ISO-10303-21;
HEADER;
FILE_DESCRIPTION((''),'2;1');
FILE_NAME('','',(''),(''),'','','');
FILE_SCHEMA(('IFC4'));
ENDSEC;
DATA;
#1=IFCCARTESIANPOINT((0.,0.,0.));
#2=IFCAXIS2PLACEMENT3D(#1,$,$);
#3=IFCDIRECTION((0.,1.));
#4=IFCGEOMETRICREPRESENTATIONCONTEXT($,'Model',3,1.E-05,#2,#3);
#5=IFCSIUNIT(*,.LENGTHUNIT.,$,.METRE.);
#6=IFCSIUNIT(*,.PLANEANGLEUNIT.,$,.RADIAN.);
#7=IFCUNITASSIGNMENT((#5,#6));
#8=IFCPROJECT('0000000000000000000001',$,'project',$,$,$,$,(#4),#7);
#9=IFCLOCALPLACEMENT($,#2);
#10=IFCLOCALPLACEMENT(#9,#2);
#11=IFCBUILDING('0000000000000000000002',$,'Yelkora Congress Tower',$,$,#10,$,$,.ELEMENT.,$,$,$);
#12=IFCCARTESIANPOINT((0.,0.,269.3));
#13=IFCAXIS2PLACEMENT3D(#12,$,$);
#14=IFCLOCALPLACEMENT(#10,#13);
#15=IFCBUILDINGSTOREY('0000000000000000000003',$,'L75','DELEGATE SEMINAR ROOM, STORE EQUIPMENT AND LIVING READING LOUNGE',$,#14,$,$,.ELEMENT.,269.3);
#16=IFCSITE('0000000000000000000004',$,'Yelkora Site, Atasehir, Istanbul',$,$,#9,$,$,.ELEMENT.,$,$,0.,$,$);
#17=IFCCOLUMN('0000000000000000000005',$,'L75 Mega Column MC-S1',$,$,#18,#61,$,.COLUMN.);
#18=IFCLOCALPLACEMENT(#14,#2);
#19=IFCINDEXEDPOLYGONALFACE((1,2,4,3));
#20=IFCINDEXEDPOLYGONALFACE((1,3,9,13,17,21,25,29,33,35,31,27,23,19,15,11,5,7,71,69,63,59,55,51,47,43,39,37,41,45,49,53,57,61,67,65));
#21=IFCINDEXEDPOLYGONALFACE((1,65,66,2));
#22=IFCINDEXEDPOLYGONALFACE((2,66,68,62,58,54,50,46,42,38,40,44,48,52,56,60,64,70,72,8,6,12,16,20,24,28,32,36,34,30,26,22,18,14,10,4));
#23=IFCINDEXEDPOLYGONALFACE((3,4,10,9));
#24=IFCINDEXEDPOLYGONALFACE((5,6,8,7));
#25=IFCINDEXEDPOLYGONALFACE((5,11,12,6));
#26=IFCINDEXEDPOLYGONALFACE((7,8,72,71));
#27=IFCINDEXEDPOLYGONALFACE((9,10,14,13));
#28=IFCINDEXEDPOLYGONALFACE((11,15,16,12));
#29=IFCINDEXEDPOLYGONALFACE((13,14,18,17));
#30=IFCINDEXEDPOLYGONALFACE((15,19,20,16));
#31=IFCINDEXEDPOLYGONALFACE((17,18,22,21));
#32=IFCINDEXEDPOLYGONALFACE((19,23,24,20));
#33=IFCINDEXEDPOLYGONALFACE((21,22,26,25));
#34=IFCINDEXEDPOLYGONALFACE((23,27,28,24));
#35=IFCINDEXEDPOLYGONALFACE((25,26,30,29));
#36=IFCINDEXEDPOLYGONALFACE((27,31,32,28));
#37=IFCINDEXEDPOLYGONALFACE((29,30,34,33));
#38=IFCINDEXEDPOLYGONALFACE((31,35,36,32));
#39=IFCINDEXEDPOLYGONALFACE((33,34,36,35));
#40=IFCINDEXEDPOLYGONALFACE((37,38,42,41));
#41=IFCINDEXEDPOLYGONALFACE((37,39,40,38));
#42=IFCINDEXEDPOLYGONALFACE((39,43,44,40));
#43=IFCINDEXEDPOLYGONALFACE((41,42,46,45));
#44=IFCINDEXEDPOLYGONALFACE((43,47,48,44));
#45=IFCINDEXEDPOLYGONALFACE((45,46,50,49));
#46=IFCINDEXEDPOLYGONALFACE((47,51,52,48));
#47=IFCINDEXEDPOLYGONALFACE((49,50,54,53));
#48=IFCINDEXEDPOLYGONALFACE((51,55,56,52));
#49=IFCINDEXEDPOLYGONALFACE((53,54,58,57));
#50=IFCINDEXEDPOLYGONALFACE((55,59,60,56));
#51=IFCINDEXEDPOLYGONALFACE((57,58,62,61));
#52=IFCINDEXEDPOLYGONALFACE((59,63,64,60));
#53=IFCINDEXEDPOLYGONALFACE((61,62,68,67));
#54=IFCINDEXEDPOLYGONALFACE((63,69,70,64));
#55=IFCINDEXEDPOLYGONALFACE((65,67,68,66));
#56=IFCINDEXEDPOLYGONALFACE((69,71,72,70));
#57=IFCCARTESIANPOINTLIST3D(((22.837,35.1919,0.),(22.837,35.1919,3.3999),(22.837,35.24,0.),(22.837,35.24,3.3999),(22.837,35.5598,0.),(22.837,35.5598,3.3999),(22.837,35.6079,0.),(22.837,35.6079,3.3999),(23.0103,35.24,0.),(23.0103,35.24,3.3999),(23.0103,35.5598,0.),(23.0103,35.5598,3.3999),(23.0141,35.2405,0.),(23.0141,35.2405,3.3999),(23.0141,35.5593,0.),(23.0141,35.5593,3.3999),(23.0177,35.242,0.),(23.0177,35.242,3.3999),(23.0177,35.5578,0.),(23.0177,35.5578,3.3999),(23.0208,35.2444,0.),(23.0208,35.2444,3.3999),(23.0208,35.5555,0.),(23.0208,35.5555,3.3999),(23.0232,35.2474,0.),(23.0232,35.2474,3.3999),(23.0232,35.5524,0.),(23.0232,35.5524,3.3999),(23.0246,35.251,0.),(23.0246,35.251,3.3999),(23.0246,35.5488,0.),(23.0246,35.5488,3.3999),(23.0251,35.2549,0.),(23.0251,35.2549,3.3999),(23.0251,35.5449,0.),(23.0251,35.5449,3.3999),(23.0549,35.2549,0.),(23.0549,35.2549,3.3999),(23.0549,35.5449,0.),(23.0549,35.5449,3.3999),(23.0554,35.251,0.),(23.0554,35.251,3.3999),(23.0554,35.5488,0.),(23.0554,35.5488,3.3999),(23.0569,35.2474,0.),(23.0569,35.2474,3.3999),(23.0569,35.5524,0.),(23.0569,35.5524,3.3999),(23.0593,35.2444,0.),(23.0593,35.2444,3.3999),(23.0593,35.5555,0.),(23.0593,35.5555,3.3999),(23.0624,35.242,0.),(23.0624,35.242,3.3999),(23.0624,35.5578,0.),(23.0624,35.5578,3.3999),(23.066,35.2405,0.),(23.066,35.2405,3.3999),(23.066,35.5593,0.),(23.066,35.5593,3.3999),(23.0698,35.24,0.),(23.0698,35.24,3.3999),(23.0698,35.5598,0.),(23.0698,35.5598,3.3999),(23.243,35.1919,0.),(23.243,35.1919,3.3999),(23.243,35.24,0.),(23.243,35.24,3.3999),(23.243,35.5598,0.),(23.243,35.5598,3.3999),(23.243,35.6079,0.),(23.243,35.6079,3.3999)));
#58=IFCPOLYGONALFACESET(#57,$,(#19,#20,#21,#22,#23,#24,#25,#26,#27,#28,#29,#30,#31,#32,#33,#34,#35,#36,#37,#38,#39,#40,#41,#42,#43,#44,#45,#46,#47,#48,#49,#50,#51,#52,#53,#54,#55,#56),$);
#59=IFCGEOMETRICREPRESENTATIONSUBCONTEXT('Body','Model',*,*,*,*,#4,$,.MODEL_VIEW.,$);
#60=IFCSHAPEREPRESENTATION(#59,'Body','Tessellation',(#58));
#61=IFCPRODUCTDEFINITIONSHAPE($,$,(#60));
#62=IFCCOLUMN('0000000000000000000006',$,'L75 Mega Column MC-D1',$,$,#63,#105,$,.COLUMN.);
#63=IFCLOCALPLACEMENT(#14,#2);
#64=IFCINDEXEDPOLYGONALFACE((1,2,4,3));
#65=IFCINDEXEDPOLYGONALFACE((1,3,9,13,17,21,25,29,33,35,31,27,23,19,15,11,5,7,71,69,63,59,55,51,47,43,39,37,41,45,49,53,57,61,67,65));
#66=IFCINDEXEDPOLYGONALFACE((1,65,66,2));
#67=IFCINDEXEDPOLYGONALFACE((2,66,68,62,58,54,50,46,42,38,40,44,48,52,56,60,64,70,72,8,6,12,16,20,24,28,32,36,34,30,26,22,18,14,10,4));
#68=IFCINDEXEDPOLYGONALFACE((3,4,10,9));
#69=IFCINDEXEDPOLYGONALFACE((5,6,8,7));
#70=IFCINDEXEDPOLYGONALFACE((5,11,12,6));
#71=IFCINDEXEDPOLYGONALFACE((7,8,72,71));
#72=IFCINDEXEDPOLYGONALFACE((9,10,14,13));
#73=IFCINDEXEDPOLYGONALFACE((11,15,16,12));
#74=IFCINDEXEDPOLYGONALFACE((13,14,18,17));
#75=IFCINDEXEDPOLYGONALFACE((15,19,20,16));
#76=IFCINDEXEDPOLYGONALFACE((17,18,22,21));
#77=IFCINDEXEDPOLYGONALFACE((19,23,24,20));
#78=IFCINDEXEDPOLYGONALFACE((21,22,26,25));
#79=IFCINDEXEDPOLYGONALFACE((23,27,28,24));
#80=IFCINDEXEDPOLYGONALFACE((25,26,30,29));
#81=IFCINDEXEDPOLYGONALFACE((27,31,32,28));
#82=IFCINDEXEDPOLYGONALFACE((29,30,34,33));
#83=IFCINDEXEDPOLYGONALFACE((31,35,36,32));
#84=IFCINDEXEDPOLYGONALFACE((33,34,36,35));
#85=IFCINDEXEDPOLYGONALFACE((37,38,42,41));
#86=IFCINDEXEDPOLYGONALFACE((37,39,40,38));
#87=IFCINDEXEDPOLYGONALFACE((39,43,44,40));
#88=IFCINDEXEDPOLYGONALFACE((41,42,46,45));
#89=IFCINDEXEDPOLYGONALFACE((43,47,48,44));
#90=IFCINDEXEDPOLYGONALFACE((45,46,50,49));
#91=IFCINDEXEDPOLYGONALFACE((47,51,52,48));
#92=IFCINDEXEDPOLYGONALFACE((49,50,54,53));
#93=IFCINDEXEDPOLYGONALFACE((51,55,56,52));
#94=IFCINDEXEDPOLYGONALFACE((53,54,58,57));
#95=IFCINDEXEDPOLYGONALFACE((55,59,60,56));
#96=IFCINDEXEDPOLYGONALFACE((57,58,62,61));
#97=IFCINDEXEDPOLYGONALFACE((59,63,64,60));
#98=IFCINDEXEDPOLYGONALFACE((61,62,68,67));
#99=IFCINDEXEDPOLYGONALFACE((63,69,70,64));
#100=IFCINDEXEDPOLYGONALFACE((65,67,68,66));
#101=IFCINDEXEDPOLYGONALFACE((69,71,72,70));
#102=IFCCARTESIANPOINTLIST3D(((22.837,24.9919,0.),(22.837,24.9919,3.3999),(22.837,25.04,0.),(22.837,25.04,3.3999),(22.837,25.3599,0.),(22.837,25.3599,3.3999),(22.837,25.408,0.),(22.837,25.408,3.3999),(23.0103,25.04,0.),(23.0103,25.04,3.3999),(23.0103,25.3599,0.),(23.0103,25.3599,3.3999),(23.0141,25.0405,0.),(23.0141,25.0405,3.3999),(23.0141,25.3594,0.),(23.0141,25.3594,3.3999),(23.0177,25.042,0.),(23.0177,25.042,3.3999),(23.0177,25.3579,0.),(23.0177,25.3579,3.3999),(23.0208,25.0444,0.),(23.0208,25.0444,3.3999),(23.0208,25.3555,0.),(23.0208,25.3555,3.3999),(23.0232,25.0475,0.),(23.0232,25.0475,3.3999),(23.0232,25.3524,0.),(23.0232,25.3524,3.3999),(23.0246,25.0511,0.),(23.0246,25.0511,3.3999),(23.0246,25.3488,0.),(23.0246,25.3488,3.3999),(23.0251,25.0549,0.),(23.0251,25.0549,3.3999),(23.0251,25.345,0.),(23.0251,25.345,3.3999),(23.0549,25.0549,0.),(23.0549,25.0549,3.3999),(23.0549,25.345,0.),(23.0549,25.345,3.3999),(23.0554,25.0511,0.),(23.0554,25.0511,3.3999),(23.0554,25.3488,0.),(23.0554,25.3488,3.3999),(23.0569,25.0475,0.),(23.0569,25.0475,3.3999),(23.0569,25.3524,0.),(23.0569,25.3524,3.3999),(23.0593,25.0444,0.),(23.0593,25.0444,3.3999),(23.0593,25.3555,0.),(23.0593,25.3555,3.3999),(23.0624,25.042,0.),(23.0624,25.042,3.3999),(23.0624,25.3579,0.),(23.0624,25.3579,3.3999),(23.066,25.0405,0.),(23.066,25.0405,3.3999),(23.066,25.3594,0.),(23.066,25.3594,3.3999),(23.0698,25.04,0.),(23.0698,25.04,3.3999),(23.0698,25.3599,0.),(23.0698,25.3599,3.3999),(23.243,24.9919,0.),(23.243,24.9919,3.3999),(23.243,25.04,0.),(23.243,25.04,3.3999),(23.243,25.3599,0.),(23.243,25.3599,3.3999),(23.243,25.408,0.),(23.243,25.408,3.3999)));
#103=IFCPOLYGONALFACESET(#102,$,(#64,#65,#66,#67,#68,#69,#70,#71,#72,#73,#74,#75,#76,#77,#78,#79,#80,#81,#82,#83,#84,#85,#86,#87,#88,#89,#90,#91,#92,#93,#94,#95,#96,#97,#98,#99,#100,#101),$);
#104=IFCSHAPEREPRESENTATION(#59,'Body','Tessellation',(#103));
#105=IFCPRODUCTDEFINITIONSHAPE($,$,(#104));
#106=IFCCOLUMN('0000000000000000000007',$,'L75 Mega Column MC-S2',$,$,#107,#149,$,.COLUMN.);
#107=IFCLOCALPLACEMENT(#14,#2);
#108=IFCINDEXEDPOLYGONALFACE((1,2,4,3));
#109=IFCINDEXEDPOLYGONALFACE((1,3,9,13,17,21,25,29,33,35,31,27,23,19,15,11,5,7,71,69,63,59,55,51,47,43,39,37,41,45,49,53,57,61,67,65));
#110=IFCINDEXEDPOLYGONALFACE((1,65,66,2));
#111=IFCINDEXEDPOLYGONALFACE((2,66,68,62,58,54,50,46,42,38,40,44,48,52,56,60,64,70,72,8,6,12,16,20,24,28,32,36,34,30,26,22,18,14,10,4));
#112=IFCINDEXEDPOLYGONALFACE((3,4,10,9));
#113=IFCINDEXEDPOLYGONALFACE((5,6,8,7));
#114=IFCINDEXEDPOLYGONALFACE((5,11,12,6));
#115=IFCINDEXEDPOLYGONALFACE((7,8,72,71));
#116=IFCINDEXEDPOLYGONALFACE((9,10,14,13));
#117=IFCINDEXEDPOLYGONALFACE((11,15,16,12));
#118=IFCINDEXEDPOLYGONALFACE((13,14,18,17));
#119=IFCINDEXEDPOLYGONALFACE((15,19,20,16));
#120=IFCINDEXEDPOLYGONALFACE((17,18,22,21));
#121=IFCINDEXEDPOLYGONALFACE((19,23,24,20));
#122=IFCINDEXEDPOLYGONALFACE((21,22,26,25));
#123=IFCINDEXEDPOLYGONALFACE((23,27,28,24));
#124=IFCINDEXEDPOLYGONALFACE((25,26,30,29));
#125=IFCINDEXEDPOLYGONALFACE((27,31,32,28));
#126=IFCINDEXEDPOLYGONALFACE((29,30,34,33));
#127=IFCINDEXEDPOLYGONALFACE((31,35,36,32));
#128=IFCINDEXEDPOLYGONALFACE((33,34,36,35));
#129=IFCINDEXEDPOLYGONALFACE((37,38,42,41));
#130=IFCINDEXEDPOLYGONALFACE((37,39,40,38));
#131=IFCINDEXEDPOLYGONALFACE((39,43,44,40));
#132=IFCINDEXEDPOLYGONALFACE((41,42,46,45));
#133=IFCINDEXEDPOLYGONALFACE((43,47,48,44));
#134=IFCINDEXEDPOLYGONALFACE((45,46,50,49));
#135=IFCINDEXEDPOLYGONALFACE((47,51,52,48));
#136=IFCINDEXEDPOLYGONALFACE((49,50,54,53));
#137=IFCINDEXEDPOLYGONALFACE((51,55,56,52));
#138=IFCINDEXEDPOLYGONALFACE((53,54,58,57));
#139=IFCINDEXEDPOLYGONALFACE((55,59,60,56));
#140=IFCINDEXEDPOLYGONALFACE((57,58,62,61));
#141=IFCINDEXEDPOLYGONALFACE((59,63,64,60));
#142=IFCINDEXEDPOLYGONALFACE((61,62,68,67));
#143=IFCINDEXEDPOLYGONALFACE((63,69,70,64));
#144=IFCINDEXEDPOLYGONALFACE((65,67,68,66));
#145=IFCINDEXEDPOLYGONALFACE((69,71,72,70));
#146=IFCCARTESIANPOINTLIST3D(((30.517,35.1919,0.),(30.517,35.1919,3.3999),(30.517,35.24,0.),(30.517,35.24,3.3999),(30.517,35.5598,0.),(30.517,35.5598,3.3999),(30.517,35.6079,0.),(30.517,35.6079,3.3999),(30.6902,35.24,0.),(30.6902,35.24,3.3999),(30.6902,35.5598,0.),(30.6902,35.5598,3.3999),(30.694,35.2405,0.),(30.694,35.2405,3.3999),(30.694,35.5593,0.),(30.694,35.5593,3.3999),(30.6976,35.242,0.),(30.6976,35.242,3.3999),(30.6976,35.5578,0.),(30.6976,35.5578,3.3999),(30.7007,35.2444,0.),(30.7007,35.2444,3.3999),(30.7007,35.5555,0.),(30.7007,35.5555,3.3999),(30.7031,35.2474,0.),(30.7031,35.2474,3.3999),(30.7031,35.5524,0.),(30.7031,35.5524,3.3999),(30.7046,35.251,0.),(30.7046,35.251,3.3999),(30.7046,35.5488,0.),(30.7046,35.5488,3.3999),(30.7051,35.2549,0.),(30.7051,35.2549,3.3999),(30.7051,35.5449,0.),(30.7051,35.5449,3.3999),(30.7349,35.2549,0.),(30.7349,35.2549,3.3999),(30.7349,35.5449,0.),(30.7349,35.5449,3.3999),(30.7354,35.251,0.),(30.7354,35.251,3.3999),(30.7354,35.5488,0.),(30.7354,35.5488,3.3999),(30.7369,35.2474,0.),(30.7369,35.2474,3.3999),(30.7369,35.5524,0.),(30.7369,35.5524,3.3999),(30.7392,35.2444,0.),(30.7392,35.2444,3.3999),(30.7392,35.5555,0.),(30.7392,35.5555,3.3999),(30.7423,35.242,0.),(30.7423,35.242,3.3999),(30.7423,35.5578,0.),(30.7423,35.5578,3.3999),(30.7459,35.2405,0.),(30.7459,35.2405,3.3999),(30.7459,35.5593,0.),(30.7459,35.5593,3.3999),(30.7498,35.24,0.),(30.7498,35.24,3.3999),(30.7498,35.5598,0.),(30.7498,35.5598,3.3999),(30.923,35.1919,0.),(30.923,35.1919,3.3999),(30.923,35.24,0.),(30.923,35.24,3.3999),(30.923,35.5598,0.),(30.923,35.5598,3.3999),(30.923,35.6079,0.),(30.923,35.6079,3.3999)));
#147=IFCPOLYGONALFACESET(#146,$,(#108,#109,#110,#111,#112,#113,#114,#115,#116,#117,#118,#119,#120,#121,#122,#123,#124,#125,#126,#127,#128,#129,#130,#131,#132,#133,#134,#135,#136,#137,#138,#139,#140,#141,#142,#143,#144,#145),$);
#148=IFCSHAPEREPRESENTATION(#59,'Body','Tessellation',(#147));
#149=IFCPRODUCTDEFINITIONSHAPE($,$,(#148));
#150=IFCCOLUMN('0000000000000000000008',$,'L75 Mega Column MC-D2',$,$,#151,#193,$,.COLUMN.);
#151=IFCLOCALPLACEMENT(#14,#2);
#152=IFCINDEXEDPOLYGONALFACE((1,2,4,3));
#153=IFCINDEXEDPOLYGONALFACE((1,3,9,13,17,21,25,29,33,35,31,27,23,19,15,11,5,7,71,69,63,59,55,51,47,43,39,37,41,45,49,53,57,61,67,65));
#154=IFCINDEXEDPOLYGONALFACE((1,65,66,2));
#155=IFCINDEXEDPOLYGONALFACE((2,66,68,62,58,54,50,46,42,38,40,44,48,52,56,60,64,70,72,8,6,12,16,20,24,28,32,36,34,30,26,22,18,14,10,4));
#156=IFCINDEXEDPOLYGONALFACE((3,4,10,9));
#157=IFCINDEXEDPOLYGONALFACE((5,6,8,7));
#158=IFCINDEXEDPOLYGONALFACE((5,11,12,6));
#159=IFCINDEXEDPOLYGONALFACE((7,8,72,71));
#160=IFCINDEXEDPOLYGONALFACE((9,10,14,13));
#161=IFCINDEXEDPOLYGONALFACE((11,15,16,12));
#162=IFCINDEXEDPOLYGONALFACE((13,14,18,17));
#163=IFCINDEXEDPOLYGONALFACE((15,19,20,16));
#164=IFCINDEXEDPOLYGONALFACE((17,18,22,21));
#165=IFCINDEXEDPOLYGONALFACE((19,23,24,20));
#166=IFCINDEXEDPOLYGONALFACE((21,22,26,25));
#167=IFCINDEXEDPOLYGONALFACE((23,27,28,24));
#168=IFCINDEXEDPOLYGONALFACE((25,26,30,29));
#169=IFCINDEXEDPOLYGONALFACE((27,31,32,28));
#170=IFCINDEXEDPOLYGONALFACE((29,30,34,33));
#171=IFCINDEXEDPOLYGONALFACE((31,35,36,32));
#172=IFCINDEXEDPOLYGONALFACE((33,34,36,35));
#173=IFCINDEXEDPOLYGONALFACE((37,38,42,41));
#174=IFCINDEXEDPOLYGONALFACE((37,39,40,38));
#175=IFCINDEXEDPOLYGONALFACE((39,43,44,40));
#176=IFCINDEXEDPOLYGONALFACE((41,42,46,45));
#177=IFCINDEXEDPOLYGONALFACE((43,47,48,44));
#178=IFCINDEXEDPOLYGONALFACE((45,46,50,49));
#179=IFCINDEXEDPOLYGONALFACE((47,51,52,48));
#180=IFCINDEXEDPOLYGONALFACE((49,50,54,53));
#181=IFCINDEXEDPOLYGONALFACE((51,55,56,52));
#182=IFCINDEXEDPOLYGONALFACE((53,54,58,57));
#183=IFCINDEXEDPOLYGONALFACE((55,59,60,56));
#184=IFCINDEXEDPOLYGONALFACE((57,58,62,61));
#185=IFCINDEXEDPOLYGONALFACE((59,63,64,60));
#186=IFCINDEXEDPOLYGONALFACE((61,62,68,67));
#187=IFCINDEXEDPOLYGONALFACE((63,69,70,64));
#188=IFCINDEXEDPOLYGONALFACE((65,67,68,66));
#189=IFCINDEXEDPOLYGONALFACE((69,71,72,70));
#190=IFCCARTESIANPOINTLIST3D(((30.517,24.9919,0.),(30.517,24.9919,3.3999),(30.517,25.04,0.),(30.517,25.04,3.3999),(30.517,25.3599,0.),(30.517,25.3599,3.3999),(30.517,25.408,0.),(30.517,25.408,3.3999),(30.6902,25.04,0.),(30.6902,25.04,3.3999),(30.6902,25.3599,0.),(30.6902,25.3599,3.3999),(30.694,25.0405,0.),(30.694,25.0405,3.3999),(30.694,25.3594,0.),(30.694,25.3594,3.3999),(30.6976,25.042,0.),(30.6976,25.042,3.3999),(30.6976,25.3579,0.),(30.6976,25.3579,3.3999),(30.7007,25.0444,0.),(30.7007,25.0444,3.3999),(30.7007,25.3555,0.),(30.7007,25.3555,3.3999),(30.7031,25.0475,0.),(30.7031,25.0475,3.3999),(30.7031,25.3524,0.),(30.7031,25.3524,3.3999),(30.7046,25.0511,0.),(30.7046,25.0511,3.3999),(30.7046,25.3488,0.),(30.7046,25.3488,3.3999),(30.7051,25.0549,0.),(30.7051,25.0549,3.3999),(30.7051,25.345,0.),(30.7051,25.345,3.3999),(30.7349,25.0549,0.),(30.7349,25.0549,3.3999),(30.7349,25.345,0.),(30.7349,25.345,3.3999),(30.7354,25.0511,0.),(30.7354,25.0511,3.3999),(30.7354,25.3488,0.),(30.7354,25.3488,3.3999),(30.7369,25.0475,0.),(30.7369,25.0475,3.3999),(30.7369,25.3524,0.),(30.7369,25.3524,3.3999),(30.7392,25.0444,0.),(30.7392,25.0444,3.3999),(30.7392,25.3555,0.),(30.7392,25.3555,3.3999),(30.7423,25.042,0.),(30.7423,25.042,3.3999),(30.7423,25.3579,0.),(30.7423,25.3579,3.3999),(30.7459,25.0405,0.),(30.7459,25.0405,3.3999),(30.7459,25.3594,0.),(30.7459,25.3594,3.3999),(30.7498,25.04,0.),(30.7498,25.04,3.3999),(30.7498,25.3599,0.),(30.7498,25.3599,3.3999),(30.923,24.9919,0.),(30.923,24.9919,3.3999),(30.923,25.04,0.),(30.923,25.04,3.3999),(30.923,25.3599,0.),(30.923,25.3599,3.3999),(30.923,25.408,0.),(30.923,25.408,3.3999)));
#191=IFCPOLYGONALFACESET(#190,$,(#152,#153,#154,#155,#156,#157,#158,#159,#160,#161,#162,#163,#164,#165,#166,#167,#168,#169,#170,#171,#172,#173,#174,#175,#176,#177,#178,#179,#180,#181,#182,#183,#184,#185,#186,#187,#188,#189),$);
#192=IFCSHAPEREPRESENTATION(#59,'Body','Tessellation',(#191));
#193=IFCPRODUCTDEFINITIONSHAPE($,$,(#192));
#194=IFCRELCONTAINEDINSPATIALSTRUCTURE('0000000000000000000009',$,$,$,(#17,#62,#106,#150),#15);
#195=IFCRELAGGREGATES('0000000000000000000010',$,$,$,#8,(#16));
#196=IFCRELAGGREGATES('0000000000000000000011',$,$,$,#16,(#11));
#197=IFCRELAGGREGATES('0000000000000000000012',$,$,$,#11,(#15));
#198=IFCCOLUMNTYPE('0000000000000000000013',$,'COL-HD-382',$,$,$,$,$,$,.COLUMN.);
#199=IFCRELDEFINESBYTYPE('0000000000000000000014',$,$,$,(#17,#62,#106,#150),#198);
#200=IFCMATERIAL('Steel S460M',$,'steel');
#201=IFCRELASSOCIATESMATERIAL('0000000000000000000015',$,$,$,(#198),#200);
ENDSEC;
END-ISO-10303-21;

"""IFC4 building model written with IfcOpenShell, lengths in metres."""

from ifc_helpers import new_model, si_unit, direction, frame, origin, origin_2d, place, context, subcontext, project, spatial, i_section, extrude, material, material_profile, profile_set, type_object, element, save


model = new_model("IFC4")

# Units and contexts
model_context = context("Model", 3, precision=1e-05, world=origin(), true_north=direction((0.0, 1.0)))
body_context = subcontext(model_context, "Body", "Model", "MODEL_VIEW")
ifc_project = project(units=[si_unit("LENGTHUNIT", "METRE"), si_unit("PLANEANGLEUNIT", "RADIAN")], contexts=[model_context])

# Site, building, storey
site_placement = place(None, origin())
site = spatial("IfcSite", under=ifc_project, at=site_placement, Name="Yelkora Site, Atasehir, Istanbul", CompositionType="ELEMENT", RefElevation=0.0)
building_placement = place(site_placement, origin())
building = spatial("IfcBuilding", under=site, at=building_placement, Name="Yelkora Congress Tower", CompositionType="ELEMENT")
storey_placement = place(building_placement, frame((0.0, 0.0, 269.3)))
storey = spatial("IfcBuildingStorey", under=building, at=storey_placement, Name="L75", Description="DELEGATE SEMINAR ROOM, STORE EQUIPMENT AND LIVING READING LOUNGE", CompositionType="ELEMENT", Elevation=269.3)

# Columns
ifc_material_1 = material(Name="Steel S460M", Category="steel")
ifc_material_profile_1 = material_profile(ifc_material_1, i_section(OverallWidth=0.406, OverallDepth=0.416, WebThickness=0.0298, FlangeThickness=0.0481, FilletRadius=0.0149, at=origin_2d()), Name="HD 400x382")
ifc_profile_set_1 = profile_set([ifc_material_profile_1], Name="Steel S460M")
column_type = type_object("IfcColumnType", Name="COL-HD-382", PredefinedType="COLUMN", material=ifc_profile_set_1)
for number, where, z_axis, x_axis, name in (
    (1, (23.04, 35.3999, 0.0), (0.0, 0.0, 1.0), (1.0, 0.0, 0.0), "L75 Mega Column MC-S1"),
    (2, (23.04, 25.2, 0.0), (0.0, 0.0, 1.0), (1.0, 0.0, 0.0), "L75 Mega Column MC-D1"),
    (3, (30.72, 35.3999, 0.0), (0.0, 0.0, 1.0), (1.0, 0.0, 0.0), "L75 Mega Column MC-S2"),
    (4, (30.72, 25.2, 0.0), (0.0, 0.0, 1.0), (1.0, 0.0, 0.0), "L75 Mega Column MC-D2"),
):
    element("IfcColumn", number, at=place(storey_placement, frame(where, z_axis=z_axis, x_axis=x_axis)), inside=storey, type_object=column_type, Name=name, PredefinedType="COLUMN", context=body_context, shape_type="SweptSolid", body=[
        extrude(i_section(OverallWidth=0.406, OverallDepth=0.416, WebThickness=0.0298, FlangeThickness=0.0481, FilletRadius=0.0149, at=origin_2d()), origin(), (0.0, 0.0, 1.0), 3.3999),
    ])

save(model, "model.ifc")
